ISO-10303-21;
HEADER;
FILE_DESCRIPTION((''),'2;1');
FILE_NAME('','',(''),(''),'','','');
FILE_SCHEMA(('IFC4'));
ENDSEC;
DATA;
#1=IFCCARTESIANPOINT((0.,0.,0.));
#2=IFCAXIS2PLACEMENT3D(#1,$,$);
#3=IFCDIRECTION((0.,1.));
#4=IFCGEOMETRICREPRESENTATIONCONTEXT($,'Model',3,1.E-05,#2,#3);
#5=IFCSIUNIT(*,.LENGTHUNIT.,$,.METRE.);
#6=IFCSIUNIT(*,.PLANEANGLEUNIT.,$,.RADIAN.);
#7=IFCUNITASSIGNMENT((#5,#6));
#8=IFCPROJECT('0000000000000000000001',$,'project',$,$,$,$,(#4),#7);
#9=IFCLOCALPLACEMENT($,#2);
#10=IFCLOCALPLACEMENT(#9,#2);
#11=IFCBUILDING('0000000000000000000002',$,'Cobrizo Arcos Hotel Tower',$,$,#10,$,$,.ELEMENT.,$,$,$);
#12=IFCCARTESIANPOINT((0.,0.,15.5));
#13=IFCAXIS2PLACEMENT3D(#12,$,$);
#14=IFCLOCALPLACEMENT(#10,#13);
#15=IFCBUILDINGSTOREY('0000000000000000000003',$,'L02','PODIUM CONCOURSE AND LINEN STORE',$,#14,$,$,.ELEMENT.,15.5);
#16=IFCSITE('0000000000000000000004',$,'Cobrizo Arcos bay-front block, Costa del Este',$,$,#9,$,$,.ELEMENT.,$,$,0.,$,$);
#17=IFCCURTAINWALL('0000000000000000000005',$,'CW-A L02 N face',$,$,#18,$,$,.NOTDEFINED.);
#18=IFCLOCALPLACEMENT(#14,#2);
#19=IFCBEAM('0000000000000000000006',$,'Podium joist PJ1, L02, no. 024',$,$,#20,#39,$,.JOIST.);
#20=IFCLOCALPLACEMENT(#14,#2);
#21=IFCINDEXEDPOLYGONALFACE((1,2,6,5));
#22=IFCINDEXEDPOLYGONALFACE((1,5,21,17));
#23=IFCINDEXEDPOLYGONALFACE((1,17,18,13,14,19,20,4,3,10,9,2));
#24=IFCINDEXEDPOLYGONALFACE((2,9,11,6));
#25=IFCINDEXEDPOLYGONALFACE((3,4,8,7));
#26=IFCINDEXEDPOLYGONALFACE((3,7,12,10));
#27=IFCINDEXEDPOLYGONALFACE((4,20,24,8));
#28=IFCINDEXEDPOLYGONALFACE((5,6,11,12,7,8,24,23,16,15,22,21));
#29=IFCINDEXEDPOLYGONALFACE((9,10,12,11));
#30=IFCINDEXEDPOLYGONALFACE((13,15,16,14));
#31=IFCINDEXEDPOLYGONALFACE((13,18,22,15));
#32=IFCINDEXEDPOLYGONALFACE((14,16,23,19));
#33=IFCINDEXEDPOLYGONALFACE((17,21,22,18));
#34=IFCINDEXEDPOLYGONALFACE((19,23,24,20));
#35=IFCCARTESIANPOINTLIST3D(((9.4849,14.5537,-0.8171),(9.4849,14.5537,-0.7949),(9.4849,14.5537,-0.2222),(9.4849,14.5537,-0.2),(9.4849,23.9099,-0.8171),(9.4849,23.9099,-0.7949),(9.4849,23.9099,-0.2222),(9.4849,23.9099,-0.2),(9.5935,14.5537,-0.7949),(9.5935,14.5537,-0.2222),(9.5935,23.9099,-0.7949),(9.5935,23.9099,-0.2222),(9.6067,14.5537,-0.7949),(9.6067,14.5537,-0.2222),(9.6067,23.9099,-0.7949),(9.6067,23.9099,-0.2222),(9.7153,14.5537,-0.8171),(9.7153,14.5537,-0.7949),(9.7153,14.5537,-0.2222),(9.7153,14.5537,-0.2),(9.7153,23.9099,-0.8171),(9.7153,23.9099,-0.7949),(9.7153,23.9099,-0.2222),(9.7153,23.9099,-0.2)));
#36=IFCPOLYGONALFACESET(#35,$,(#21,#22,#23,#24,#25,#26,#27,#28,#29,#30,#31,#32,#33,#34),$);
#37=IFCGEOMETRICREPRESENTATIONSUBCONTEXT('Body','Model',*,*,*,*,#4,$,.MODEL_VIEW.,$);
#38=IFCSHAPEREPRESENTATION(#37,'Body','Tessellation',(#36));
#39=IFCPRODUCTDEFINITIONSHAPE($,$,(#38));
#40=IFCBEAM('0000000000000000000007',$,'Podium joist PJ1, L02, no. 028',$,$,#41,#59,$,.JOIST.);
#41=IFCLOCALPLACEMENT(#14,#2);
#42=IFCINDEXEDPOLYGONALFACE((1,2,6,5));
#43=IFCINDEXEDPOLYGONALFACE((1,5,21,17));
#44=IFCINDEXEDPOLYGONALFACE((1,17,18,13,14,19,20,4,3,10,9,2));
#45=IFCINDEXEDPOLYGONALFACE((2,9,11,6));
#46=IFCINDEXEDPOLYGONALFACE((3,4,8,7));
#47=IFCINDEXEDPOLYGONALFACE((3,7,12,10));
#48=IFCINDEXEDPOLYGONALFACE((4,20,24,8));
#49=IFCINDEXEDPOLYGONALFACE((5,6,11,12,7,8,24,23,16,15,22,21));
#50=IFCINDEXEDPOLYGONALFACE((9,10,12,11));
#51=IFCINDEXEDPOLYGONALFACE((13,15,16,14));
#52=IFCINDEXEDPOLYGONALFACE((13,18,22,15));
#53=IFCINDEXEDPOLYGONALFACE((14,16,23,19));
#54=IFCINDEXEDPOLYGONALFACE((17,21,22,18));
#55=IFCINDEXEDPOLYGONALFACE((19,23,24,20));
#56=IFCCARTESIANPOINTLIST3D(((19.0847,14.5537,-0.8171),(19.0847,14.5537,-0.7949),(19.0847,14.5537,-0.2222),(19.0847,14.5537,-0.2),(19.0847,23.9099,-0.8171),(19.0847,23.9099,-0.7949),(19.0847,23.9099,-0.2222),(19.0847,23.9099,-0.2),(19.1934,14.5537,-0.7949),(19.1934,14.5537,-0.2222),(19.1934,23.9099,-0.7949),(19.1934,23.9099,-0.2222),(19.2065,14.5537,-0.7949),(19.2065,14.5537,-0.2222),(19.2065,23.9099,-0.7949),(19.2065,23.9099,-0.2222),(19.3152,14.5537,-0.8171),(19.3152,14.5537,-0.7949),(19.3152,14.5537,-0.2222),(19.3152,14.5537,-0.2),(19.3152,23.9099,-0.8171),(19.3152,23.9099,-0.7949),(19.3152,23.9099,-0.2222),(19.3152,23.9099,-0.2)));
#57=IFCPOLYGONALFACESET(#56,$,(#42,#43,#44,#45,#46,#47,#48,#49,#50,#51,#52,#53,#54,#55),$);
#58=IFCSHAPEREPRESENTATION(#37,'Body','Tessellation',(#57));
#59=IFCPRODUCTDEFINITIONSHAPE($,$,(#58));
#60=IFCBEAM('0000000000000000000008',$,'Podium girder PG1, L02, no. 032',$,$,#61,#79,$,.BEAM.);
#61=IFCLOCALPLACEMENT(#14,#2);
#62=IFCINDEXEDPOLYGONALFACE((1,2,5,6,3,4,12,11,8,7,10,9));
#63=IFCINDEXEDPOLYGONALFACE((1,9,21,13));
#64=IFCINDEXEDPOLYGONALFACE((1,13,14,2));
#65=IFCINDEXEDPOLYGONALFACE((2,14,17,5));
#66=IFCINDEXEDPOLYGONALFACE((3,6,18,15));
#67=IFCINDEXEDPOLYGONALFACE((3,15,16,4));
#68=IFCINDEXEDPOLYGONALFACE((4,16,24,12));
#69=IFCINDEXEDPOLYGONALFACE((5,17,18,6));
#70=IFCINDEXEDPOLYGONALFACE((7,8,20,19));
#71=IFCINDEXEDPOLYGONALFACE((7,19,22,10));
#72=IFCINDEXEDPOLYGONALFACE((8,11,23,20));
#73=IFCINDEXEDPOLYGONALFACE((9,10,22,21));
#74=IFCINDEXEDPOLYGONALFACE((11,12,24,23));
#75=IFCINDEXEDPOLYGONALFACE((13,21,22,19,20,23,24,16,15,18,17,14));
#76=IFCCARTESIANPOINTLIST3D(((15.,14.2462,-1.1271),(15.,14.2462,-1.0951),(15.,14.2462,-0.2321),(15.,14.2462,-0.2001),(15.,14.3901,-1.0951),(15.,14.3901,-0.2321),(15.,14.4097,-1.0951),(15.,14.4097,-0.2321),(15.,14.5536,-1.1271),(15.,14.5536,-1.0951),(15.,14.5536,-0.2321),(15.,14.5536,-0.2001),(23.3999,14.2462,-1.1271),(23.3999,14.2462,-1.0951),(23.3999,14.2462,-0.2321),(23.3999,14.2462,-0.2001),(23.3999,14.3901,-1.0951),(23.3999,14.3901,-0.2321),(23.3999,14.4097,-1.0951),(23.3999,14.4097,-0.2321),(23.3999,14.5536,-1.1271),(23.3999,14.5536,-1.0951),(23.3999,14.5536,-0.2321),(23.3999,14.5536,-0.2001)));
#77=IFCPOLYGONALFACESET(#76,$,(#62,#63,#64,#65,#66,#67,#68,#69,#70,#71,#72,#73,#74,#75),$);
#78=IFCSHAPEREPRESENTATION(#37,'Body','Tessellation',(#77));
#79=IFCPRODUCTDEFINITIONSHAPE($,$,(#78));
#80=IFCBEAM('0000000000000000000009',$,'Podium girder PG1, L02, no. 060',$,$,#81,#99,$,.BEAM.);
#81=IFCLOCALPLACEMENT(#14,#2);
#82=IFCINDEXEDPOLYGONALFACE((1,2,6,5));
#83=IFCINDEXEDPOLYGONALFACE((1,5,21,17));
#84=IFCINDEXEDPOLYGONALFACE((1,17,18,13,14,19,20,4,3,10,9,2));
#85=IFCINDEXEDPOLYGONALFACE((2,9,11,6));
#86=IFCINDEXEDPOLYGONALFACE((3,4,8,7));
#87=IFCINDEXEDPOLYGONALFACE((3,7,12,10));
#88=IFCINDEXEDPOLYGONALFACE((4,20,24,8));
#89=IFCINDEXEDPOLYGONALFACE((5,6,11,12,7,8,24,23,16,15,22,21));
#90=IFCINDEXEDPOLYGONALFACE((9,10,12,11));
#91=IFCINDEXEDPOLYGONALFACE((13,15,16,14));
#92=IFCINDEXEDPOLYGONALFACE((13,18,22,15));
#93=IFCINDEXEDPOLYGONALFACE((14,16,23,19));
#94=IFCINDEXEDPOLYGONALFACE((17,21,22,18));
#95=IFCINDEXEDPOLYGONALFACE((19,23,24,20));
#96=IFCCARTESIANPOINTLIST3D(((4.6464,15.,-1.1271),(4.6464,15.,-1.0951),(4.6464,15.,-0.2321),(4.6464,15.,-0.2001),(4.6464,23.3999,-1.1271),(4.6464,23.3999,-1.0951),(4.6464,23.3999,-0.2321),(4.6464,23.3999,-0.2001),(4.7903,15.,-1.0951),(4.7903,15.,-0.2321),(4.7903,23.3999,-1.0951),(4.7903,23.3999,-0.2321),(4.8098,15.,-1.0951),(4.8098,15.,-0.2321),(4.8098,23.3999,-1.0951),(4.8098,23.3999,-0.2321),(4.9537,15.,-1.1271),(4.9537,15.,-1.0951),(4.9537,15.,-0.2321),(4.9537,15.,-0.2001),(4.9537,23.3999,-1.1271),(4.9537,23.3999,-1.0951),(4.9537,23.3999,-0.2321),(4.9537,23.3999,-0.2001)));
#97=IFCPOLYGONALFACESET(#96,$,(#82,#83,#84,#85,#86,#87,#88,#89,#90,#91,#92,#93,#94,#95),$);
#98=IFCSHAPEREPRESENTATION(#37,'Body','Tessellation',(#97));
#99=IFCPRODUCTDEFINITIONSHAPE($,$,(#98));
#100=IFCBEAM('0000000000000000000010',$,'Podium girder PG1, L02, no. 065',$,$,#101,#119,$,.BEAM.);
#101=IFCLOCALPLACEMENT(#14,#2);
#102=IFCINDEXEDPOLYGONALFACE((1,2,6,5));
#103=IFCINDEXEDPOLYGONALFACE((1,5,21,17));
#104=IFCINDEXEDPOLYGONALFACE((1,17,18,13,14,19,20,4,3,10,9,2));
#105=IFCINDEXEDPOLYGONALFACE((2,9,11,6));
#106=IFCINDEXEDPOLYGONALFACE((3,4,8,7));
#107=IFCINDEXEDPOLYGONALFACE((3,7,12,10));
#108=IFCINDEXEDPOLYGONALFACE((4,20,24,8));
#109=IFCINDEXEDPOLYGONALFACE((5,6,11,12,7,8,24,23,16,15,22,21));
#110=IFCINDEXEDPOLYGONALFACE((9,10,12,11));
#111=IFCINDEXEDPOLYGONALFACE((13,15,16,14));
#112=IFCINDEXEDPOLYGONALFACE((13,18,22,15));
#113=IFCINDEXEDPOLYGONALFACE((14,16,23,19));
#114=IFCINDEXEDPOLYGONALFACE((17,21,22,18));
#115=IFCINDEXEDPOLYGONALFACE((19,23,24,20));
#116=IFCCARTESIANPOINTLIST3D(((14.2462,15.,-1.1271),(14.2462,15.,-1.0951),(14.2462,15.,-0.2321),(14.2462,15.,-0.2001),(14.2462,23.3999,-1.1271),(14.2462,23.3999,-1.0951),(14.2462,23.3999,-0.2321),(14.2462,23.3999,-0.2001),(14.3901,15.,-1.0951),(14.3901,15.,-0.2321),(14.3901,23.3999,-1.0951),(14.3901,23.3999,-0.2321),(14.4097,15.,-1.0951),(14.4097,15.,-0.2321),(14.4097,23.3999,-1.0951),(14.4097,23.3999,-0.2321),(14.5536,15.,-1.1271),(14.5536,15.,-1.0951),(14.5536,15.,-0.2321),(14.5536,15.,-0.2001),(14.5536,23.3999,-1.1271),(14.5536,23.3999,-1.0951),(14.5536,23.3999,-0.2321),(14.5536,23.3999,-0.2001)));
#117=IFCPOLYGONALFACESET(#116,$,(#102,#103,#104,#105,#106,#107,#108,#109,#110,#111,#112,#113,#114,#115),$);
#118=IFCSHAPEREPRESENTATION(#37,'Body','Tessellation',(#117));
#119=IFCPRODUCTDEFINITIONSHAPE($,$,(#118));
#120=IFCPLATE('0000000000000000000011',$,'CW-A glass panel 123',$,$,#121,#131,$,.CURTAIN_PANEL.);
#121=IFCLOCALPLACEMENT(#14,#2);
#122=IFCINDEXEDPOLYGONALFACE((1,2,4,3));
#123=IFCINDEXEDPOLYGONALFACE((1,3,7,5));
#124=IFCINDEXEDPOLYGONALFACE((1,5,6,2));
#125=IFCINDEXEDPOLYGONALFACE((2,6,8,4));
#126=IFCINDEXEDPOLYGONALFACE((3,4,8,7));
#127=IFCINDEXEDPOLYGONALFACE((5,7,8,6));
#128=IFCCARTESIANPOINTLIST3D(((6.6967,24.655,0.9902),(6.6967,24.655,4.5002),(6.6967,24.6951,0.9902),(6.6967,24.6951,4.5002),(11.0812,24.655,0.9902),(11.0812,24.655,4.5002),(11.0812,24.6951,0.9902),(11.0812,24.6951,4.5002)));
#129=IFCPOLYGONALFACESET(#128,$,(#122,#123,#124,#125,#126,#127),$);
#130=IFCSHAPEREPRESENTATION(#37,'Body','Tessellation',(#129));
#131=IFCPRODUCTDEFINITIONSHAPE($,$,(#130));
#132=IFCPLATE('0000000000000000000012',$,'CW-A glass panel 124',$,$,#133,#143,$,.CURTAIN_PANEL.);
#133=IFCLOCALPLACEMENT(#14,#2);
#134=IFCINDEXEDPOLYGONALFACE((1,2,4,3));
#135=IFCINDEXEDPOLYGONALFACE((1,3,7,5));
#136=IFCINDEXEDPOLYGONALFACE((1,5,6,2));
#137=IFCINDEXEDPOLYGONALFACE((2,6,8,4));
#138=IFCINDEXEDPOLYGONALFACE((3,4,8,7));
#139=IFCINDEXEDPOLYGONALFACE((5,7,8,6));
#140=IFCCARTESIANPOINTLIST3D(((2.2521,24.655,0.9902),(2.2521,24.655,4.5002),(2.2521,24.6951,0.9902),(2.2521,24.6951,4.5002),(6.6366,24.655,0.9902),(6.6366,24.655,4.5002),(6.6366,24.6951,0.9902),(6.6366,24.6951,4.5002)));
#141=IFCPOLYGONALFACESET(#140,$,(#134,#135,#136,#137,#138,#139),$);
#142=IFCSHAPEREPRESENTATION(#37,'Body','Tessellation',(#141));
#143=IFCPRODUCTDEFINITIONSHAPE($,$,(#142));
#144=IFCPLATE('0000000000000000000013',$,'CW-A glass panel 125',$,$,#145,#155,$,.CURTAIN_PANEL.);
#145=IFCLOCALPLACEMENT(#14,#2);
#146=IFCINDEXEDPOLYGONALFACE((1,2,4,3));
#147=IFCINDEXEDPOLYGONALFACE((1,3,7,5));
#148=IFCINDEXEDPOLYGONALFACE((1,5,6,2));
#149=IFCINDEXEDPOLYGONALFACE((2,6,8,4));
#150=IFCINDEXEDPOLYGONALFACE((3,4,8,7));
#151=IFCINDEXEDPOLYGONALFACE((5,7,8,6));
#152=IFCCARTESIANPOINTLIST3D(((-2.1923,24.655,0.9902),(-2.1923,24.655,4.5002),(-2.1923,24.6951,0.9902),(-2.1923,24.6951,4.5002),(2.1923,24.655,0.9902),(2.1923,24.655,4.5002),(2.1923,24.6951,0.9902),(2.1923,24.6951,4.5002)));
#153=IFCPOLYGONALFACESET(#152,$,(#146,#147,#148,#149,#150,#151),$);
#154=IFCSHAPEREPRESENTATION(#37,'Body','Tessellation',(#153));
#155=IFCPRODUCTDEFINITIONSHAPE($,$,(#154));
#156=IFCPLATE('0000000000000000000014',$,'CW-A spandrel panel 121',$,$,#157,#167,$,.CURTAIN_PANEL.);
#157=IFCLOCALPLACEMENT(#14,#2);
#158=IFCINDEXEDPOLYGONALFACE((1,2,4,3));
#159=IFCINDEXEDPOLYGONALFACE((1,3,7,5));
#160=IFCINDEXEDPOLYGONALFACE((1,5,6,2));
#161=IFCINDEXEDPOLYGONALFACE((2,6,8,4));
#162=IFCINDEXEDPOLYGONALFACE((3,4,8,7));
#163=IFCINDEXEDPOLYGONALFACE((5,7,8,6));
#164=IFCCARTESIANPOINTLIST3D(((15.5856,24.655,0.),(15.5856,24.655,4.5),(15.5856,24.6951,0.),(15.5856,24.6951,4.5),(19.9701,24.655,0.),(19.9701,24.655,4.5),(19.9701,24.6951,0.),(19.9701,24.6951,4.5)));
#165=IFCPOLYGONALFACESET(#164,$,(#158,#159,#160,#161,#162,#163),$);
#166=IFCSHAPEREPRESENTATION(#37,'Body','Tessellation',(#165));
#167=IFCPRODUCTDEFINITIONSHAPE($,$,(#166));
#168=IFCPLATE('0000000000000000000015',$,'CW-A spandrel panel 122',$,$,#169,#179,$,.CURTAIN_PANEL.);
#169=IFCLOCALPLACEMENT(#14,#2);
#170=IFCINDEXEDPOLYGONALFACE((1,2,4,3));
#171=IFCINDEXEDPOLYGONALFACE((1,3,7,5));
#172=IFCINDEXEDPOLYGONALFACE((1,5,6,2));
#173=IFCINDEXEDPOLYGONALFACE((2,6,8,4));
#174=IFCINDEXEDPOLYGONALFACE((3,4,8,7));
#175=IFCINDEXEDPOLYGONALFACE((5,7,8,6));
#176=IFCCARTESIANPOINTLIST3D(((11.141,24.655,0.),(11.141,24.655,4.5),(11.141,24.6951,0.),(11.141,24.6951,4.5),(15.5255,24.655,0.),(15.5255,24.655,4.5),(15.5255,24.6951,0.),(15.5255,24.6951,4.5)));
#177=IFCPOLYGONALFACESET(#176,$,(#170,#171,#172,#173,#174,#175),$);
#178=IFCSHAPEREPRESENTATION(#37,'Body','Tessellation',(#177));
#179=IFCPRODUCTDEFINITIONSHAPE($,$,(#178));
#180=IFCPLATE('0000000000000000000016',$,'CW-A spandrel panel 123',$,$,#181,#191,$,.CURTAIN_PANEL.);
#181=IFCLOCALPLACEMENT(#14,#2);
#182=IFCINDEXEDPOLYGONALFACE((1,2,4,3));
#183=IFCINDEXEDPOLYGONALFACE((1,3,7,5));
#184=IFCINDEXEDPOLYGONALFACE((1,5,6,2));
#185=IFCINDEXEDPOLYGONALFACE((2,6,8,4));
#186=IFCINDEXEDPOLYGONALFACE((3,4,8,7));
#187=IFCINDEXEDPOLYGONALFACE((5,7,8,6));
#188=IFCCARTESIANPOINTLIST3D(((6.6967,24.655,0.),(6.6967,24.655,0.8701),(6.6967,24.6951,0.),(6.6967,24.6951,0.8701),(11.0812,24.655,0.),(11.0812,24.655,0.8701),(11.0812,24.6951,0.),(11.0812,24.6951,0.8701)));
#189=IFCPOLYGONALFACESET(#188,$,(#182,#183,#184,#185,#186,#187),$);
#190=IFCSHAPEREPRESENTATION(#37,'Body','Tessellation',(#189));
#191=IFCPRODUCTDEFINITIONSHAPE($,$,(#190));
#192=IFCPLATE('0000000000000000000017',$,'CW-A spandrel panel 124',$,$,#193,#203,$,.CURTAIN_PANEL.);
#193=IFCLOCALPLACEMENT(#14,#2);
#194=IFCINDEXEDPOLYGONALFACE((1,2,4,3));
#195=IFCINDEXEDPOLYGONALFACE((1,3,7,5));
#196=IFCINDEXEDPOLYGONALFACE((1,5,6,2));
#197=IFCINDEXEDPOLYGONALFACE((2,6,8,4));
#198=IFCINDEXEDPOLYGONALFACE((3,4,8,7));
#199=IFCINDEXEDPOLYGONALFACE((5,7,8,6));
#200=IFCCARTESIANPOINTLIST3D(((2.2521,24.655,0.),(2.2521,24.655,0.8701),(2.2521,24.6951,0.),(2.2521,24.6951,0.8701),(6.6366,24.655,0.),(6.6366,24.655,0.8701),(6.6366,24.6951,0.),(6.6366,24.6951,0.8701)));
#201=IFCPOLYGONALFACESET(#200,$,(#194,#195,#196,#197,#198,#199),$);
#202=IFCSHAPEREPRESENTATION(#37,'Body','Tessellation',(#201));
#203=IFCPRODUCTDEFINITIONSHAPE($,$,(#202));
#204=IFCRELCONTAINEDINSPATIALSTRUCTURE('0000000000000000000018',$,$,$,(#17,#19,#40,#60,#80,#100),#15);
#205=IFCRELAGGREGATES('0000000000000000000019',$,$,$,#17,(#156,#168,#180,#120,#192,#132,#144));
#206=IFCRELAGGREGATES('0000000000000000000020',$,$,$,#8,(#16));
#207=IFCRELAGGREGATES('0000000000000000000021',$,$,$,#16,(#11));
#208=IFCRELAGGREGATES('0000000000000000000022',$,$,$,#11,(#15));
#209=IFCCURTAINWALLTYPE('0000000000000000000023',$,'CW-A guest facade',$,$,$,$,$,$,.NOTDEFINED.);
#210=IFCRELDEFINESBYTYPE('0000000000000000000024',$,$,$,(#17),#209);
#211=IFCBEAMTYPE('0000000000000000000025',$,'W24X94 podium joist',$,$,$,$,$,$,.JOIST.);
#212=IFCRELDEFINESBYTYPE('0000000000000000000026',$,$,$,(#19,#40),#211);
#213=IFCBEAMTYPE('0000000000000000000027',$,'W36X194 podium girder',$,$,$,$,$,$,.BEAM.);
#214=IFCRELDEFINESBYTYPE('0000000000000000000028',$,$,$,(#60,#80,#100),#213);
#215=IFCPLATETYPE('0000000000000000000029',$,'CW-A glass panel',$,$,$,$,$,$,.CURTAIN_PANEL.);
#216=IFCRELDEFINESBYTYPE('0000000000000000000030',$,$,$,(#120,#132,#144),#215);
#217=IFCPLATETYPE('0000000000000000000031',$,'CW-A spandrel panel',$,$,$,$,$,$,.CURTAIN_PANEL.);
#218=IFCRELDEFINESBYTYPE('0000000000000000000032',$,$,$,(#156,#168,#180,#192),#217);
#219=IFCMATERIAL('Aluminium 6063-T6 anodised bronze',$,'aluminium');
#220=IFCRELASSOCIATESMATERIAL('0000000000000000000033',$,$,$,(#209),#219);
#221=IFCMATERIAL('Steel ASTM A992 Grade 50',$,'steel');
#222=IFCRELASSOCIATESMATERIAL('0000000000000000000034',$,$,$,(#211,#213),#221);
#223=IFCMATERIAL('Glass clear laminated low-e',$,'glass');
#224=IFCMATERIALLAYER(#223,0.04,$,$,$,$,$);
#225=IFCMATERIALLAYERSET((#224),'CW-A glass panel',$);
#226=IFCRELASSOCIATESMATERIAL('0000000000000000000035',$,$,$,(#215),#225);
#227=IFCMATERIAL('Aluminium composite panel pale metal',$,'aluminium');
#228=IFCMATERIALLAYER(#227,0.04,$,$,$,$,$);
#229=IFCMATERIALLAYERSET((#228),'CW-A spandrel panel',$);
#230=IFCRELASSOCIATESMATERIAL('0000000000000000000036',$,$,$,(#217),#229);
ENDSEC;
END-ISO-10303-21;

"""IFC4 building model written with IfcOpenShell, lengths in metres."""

from ifc_helpers import new_model, si_unit, direction, frame, origin, origin_2d, place, context, subcontext, project, spatial, rectangle, i_section, extrude, material, layer, layer_set, material_profile, profile_set, type_object, element, aggregate, save


model = new_model("IFC4")

# Units and contexts
model_context = context("Model", 3, precision=1e-05, world=origin(), true_north=direction((0.0, 1.0)))
body_context = subcontext(model_context, "Body", "Model", "MODEL_VIEW")
ifc_project = project(units=[si_unit("LENGTHUNIT", "METRE"), si_unit("PLANEANGLEUNIT", "RADIAN")], contexts=[model_context])

# Site, building, storey
site_placement = place(None, origin())
site = spatial("IfcSite", under=ifc_project, at=site_placement, Name="Cobrizo Arcos bay-front block, Costa del Este", CompositionType="ELEMENT", RefElevation=0.0)
building_placement = place(site_placement, origin())
building = spatial("IfcBuilding", under=site, at=building_placement, Name="Cobrizo Arcos Hotel Tower", CompositionType="ELEMENT")
storey_placement = place(building_placement, frame((0.0, 0.0, 15.5)))
storey = spatial("IfcBuildingStorey", under=building, at=storey_placement, Name="L02", Description="PODIUM CONCOURSE AND LINEN STORE", CompositionType="ELEMENT", Elevation=15.5)

# Curtain wall
ifc_material_1 = material(Name="Aluminium 6063-T6 anodised bronze", Category="aluminium")
curtain_wall_type = type_object("IfcCurtainWallType", Name="CW-A guest facade", PredefinedType="NOTDEFINED", material=ifc_material_1)
curtain_wall_placement = place(storey_placement, origin())
curtain_wall = element("IfcCurtainWall", 1, at=curtain_wall_placement, inside=storey, type_object=curtain_wall_type, Name="CW-A L02 N face", PredefinedType="NOTDEFINED")

# Beams
ifc_material_2 = material(Name="Steel ASTM A992 Grade 50", Category="steel")
ifc_material_profile_1 = material_profile(ifc_material_2, i_section(OverallWidth=0.2305, OverallDepth=0.6172, WebThickness=0.0132, FlangeThickness=0.0222, at=origin_2d()), Name="W24X94")
ifc_profile_set_1 = profile_set([ifc_material_profile_1], Name="Steel ASTM A992 Grade 50")
beam_type_1 = type_object("IfcBeamType", Name="W24X94 podium joist", PredefinedType="JOIST", material=ifc_profile_set_1)
for number, where, z_axis, x_axis, name in (
    (2, (9.6001, 14.5537, -0.5085), (0.0, 1.0, 0.0), (-1.0, 0.0, 0.0), "Podium joist PJ1, L02, no. 024"),
    (3, (19.2, 14.5537, -0.5085), (0.0, 1.0, 0.0), (-1.0, 0.0, 0.0), "Podium joist PJ1, L02, no. 028"),
):
    element("IfcBeam", number, at=place(storey_placement, frame(where, z_axis=z_axis, x_axis=x_axis)), inside=storey, type_object=beam_type_1, Name=name, PredefinedType="JOIST", context=body_context, shape_type="SweptSolid", body=[
        extrude(i_section(OverallWidth=0.2305, OverallDepth=0.6172, WebThickness=0.0132, FlangeThickness=0.0222, at=origin_2d()), origin(), (0.0, 0.0, 1.0), 9.3562),
    ])
ifc_material_profile_2 = material_profile(ifc_material_2, i_section(OverallWidth=0.3074, OverallDepth=0.927, WebThickness=0.0195, FlangeThickness=0.032, at=origin_2d()), Name="W36X194")
ifc_profile_set_2 = profile_set([ifc_material_profile_2], Name="Steel ASTM A992 Grade 50")
beam_type_2 = type_object("IfcBeamType", Name="W36X194 podium girder", PredefinedType="BEAM", material=ifc_profile_set_2)
for number, where, z_axis, x_axis, name in (
    (4, (15.0, 14.3999, -0.6636), (1.0, 0.0, 0.0), (0.0, 1.0, 0.0), "Podium girder PG1, L02, no. 032"),
    (5, (4.8, 15.0, -0.6636), (0.0, 1.0, 0.0), (-1.0, 0.0, 0.0), "Podium girder PG1, L02, no. 060"),
    (6, (14.3999, 15.0, -0.6636), (0.0, 1.0, 0.0), (-1.0, 0.0, 0.0), "Podium girder PG1, L02, no. 065"),
):
    element("IfcBeam", number, at=place(storey_placement, frame(where, z_axis=z_axis, x_axis=x_axis)), inside=storey, type_object=beam_type_2, Name=name, PredefinedType="BEAM", context=body_context, shape_type="SweptSolid", body=[
        extrude(i_section(OverallWidth=0.3074, OverallDepth=0.927, WebThickness=0.0195, FlangeThickness=0.032, at=origin_2d()), origin(), (0.0, 0.0, 1.0), 8.3999),
    ])

# Plates
ifc_material_3 = material(Name="Glass clear laminated low-e", Category="glass")
ifc_layer_1 = layer(ifc_material_3, 0.04)
ifc_layer_set_1 = layer_set([ifc_layer_1], Name="CW-A glass panel")
plate_type_1 = type_object("IfcPlateType", Name="CW-A glass panel", PredefinedType="CURTAIN_PANEL", material=ifc_layer_set_1)
plate_1_placement = place(storey_placement, frame((8.8889, 24.675, 0.9902), z_axis=(0.0, 0.0, 1.0), x_axis=(-1.0, 0.0, 0.0)))
plate_1 = element("IfcPlate", 7, at=plate_1_placement, type_object=plate_type_1, Name="CW-A glass panel 123", PredefinedType="CURTAIN_PANEL", context=body_context, shape_type="SweptSolid", body=[
    extrude(rectangle(XDim=4.3845, YDim=0.04, at=origin_2d()), origin(), (0.0, 0.0, 1.0), 3.51),
])
plate_2_placement = place(storey_placement, frame((4.4443, 24.675, 0.9902), z_axis=(0.0, 0.0, 1.0), x_axis=(-1.0, 0.0, 0.0)))
plate_2 = element("IfcPlate", 8, at=plate_2_placement, type_object=plate_type_1, Name="CW-A glass panel 124", PredefinedType="CURTAIN_PANEL", context=body_context, shape_type="SweptSolid", body=[
    extrude(rectangle(XDim=4.3845, YDim=0.04, at=origin_2d()), origin(), (0.0, 0.0, 1.0), 3.51),
])
plate_3_placement = place(storey_placement, frame((0.0, 24.675, 0.9902), z_axis=(0.0, 0.0, 1.0), x_axis=(-1.0, 0.0, 0.0)))
plate_3 = element("IfcPlate", 9, at=plate_3_placement, type_object=plate_type_1, Name="CW-A glass panel 125", PredefinedType="CURTAIN_PANEL", context=body_context, shape_type="SweptSolid", body=[
    extrude(rectangle(XDim=4.3845, YDim=0.04, at=origin_2d()), origin(), (0.0, 0.0, 1.0), 3.51),
])
ifc_material_4 = material(Name="Aluminium composite panel pale metal", Category="aluminium")
ifc_layer_2 = layer(ifc_material_4, 0.04)
ifc_layer_set_2 = layer_set([ifc_layer_2], Name="CW-A spandrel panel")
plate_type_2 = type_object("IfcPlateType", Name="CW-A spandrel panel", PredefinedType="CURTAIN_PANEL", material=ifc_layer_set_2)
plate_4_placement = place(storey_placement, frame((17.7778, 24.675, 0.0), z_axis=(0.0, 0.0, 1.0), x_axis=(-1.0, 0.0, 0.0)))
plate_4 = element("IfcPlate", 10, at=plate_4_placement, type_object=plate_type_2, Name="CW-A spandrel panel 121", PredefinedType="CURTAIN_PANEL", context=body_context, shape_type="SweptSolid", body=[
    extrude(rectangle(XDim=4.3845, YDim=0.04, at=origin_2d()), origin(), (0.0, 0.0, 1.0), 4.5),
])
plate_5_placement = place(storey_placement, frame((13.3333, 24.675, 0.0), z_axis=(0.0, 0.0, 1.0), x_axis=(-1.0, 0.0, 0.0)))
plate_5 = element("IfcPlate", 11, at=plate_5_placement, type_object=plate_type_2, Name="CW-A spandrel panel 122", PredefinedType="CURTAIN_PANEL", context=body_context, shape_type="SweptSolid", body=[
    extrude(rectangle(XDim=4.3845, YDim=0.04, at=origin_2d()), origin(), (0.0, 0.0, 1.0), 4.5),
])
plate_6_placement = place(storey_placement, frame((8.8889, 24.675, 0.0), z_axis=(0.0, 0.0, 1.0), x_axis=(-1.0, 0.0, 0.0)))
plate_6 = element("IfcPlate", 12, at=plate_6_placement, type_object=plate_type_2, Name="CW-A spandrel panel 123", PredefinedType="CURTAIN_PANEL", context=body_context, shape_type="SweptSolid", body=[
    extrude(rectangle(XDim=4.3845, YDim=0.04, at=origin_2d()), origin(), (0.0, 0.0, 1.0), 0.8701),
])
plate_7_placement = place(storey_placement, frame((4.4443, 24.675, 0.0), z_axis=(0.0, 0.0, 1.0), x_axis=(-1.0, 0.0, 0.0)))
plate_7 = element("IfcPlate", 13, at=plate_7_placement, type_object=plate_type_2, Name="CW-A spandrel panel 124", PredefinedType="CURTAIN_PANEL", context=body_context, shape_type="SweptSolid", body=[
    extrude(rectangle(XDim=4.3845, YDim=0.04, at=origin_2d()), origin(), (0.0, 0.0, 1.0), 0.8701),
])
aggregate(curtain_wall, [plate_4, plate_5, plate_6, plate_1, plate_7, plate_2, plate_3])

save(model, "model.ifc")
